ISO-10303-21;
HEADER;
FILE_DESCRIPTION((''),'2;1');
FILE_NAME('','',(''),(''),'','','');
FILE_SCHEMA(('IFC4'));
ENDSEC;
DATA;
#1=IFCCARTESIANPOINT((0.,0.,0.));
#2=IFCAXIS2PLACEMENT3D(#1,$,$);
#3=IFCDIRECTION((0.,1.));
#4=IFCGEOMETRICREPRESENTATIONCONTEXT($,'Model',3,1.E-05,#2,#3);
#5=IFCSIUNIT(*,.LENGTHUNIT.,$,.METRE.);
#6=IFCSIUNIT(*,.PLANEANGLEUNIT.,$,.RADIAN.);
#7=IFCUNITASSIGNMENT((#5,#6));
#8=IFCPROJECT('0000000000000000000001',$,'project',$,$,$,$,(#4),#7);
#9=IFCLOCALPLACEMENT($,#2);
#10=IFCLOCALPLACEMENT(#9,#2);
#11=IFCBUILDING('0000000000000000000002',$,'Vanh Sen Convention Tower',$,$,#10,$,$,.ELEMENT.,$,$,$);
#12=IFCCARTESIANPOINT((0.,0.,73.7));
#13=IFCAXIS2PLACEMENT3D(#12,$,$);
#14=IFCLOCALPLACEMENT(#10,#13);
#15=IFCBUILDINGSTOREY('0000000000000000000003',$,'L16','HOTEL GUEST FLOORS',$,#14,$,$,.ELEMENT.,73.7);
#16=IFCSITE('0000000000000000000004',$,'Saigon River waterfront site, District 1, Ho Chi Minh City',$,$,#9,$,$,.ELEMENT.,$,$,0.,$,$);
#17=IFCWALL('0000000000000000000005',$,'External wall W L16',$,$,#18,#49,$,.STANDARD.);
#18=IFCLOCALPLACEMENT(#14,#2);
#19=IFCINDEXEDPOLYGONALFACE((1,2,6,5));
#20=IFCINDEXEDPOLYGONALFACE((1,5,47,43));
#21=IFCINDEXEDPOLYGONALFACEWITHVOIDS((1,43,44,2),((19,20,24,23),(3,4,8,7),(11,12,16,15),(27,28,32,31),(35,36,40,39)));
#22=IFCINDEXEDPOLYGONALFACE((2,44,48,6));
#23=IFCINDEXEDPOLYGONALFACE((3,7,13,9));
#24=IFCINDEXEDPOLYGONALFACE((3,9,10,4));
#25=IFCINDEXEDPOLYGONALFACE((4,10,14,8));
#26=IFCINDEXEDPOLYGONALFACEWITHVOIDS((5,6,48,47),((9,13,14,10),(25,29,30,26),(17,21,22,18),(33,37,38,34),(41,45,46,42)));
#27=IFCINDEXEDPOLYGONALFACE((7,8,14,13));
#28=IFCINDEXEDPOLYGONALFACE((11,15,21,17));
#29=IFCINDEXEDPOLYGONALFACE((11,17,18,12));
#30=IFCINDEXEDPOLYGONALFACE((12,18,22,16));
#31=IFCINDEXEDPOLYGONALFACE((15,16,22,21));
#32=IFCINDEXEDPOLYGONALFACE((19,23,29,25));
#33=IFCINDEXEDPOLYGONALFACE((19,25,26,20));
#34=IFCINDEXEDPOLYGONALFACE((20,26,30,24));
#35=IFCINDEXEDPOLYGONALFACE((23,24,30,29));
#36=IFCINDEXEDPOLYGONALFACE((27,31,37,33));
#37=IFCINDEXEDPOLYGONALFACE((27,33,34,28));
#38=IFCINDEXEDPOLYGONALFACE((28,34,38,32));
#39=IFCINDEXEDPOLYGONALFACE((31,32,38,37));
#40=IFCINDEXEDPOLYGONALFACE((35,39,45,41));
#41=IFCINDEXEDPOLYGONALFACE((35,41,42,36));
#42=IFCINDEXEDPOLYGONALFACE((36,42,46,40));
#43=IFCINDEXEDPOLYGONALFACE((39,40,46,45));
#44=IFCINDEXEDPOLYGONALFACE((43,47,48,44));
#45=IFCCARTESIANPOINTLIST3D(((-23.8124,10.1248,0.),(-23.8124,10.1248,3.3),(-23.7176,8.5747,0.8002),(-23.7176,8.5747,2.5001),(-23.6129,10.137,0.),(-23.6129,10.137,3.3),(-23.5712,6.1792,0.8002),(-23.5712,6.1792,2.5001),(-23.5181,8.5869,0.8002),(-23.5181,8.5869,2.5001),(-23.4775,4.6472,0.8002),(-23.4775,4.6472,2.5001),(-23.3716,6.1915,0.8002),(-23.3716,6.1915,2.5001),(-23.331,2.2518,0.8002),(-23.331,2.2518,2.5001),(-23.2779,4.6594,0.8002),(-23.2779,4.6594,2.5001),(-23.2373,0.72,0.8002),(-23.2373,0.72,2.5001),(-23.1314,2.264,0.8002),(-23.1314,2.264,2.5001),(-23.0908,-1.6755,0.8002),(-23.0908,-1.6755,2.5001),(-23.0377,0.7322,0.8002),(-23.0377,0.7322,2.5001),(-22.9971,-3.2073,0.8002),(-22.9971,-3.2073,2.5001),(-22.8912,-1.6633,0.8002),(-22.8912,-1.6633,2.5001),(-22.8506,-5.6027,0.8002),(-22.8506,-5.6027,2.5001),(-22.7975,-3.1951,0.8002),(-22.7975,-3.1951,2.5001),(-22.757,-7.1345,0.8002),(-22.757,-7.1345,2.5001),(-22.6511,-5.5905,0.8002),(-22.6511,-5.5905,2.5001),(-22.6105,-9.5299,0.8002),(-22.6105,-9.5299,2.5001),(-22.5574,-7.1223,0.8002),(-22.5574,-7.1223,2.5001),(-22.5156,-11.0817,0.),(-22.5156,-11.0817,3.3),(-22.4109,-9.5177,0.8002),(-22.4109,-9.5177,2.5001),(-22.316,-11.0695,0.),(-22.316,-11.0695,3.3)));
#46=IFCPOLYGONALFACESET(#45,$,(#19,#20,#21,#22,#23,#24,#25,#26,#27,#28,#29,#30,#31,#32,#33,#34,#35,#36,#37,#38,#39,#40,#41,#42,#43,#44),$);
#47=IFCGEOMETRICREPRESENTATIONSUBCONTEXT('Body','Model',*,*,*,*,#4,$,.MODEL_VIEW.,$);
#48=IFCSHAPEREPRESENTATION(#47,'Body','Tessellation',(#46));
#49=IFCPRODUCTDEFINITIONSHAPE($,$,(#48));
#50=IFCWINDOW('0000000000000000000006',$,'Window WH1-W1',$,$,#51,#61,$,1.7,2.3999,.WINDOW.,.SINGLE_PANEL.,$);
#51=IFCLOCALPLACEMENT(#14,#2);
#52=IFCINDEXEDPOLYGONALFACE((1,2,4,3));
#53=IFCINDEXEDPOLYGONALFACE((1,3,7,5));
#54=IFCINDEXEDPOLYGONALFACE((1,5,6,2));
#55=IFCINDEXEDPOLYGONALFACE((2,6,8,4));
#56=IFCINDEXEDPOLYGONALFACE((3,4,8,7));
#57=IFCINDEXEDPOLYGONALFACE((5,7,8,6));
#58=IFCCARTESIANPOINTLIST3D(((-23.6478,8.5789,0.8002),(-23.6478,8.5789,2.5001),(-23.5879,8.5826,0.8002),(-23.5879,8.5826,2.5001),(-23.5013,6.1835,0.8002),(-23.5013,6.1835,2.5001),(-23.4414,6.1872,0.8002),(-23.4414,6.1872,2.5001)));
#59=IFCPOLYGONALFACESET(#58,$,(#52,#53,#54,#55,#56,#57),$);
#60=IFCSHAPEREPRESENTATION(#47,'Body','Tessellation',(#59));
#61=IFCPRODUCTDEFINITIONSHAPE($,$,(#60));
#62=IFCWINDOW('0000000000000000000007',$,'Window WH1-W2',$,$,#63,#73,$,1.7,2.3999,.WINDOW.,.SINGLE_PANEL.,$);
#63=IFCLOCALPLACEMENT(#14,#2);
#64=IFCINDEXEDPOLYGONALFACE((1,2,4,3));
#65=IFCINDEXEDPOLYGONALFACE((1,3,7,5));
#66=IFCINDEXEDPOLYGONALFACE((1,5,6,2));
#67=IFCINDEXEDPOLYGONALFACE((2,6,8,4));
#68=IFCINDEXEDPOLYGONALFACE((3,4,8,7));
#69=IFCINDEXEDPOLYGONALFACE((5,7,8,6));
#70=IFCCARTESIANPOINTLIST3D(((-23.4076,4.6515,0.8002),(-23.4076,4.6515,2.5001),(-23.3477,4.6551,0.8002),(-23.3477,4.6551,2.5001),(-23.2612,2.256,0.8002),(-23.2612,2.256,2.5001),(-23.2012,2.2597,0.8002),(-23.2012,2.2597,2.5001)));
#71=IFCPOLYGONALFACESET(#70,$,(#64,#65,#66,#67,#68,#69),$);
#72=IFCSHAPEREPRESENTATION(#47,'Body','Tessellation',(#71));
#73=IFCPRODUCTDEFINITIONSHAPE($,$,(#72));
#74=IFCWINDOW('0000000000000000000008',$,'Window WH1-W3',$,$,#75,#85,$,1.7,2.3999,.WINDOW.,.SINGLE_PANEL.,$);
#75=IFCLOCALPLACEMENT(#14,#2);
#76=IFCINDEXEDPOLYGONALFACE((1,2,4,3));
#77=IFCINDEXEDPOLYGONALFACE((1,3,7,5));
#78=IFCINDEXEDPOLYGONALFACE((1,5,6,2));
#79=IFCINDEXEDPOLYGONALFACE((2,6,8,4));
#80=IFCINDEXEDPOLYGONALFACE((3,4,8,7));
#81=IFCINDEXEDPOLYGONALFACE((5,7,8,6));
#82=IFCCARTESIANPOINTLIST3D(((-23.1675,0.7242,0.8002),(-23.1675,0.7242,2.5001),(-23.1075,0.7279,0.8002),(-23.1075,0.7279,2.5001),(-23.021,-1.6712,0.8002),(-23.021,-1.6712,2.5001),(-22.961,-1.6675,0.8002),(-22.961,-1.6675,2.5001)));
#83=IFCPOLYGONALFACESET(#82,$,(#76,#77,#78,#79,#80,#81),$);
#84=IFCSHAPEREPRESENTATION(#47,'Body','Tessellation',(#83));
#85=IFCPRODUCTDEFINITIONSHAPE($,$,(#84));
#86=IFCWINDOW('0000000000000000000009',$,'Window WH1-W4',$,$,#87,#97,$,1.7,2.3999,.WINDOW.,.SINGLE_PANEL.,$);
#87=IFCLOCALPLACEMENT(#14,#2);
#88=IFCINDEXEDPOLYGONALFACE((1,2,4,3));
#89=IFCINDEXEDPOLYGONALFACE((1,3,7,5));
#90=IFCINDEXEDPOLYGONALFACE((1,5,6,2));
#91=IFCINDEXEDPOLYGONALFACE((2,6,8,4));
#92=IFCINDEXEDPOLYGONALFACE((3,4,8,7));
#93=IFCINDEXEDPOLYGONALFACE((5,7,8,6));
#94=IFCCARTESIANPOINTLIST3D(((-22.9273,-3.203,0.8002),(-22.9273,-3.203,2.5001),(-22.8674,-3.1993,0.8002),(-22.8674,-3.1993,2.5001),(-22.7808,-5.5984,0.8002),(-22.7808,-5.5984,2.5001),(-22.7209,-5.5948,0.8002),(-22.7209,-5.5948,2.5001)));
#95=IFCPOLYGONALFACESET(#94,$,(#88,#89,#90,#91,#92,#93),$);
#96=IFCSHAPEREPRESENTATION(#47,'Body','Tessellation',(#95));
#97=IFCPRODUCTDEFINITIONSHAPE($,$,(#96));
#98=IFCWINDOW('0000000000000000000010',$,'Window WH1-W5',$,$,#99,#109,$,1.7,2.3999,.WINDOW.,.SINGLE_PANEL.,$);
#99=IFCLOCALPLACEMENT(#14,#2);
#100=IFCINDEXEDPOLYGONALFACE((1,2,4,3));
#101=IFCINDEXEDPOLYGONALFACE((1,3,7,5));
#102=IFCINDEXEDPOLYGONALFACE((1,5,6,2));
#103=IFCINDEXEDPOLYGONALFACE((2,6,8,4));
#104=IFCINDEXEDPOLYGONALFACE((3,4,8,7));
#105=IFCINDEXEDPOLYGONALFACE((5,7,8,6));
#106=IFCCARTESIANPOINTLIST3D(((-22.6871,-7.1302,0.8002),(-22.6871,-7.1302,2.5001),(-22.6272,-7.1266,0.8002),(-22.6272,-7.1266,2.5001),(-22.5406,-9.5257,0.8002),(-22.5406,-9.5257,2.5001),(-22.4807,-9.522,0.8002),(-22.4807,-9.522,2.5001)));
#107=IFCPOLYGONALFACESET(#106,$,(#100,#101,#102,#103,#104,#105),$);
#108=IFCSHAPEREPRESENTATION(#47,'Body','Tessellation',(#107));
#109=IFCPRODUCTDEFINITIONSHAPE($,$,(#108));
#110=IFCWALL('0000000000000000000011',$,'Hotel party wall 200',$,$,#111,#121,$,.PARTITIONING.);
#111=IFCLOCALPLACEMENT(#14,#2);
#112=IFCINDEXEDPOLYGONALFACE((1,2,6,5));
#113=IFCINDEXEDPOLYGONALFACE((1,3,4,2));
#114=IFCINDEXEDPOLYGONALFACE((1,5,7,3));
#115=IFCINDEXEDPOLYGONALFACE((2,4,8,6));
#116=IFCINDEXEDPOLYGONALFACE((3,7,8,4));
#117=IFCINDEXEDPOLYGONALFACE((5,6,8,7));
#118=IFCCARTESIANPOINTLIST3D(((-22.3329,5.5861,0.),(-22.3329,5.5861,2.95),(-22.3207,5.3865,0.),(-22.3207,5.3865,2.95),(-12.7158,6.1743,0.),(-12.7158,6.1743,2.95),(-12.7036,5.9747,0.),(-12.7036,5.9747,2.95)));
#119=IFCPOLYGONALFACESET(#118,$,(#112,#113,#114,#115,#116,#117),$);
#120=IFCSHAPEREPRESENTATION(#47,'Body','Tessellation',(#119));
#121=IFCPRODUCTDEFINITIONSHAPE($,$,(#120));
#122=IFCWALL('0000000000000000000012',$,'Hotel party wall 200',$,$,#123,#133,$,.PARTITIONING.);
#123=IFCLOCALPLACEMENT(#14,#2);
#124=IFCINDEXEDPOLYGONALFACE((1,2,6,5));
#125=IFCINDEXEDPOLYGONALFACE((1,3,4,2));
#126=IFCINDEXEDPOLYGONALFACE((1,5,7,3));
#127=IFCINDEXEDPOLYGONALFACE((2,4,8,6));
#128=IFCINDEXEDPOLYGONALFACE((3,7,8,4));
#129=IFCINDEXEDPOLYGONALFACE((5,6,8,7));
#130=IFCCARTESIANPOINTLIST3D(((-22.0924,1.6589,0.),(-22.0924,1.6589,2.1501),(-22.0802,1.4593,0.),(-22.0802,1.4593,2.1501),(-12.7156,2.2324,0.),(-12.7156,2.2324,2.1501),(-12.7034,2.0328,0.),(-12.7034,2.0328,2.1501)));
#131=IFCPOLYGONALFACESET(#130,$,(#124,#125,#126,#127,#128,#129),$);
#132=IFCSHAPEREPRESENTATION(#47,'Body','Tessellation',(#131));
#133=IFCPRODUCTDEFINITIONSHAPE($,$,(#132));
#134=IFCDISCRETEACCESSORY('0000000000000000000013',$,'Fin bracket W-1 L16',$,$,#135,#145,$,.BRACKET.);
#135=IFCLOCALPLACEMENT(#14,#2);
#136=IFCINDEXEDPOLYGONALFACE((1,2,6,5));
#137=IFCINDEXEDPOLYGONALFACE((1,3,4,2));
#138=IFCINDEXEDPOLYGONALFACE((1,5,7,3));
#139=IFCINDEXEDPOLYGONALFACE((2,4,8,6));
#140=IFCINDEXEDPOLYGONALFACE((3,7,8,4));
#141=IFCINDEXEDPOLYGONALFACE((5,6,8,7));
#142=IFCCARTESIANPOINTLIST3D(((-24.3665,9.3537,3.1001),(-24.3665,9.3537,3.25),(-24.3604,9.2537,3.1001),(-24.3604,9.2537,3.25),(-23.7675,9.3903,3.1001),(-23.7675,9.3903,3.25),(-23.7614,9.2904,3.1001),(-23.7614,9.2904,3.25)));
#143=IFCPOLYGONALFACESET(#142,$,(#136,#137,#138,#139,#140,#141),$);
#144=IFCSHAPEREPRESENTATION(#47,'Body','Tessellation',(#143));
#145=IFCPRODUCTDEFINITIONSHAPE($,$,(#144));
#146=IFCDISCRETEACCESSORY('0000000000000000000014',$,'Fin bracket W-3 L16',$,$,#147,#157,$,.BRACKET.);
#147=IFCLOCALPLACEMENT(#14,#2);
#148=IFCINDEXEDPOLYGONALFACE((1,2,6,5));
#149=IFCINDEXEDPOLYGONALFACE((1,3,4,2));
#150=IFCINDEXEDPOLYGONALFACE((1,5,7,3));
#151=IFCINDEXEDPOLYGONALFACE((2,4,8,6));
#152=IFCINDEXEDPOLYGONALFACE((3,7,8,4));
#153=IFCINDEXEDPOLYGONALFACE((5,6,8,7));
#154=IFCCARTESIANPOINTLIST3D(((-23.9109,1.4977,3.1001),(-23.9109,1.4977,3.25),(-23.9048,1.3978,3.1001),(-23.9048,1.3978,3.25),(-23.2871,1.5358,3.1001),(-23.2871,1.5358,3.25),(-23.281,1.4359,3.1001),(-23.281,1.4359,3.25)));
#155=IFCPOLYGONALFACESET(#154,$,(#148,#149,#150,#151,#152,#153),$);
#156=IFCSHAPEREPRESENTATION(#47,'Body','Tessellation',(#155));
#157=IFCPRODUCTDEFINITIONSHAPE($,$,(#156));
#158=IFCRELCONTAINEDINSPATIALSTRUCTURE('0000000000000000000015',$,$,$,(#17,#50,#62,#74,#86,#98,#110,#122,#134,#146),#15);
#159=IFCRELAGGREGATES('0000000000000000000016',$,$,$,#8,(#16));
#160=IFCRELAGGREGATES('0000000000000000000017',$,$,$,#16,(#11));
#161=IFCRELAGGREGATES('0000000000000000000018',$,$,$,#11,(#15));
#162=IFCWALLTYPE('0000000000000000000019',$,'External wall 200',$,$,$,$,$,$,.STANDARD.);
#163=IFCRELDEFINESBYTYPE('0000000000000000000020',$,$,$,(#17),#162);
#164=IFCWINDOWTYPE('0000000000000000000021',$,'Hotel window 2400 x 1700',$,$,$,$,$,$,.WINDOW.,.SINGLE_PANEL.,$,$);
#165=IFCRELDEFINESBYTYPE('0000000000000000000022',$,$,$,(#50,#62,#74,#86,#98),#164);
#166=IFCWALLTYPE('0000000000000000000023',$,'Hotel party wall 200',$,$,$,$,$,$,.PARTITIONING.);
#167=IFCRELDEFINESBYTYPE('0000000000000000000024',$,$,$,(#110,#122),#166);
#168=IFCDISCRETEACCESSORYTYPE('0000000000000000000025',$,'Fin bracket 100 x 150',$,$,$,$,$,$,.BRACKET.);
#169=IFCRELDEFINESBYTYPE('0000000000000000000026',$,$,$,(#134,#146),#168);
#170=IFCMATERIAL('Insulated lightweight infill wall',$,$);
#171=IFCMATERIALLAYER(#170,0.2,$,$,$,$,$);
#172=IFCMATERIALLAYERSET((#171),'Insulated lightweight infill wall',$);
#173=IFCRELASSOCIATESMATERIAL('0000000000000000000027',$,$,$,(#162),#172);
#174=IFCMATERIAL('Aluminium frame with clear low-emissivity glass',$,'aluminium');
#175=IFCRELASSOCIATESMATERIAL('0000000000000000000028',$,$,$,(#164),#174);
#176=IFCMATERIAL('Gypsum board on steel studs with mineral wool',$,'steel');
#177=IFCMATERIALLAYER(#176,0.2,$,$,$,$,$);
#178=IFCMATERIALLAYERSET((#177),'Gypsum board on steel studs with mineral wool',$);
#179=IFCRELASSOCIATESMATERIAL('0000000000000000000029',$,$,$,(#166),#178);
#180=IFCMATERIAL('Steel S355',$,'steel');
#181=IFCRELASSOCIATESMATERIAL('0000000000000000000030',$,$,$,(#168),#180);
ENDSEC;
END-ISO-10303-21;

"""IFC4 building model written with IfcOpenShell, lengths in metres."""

from ifc_helpers import new_model, si_unit, direction, frame, frame_2d, origin, origin_2d, place, context, subcontext, project, spatial, rectangle, extrude, material, layer, layer_set, type_object, element, fill, save


model = new_model("IFC4")

# Units and contexts
model_context = context("Model", 3, precision=1e-05, world=origin(), true_north=direction((0.0, 1.0)))
body_context = subcontext(model_context, "Body", "Model", "MODEL_VIEW")
ifc_project = project(units=[si_unit("LENGTHUNIT", "METRE"), si_unit("PLANEANGLEUNIT", "RADIAN")], contexts=[model_context])

# Site, building, storey
site_placement = place(None, origin())
site = spatial("IfcSite", under=ifc_project, at=site_placement, Name="Saigon River waterfront site, District 1, Ho Chi Minh City", CompositionType="ELEMENT", RefElevation=0.0)
building_placement = place(site_placement, origin())
building = spatial("IfcBuilding", under=site, at=building_placement, Name="Vanh Sen Convention Tower", CompositionType="ELEMENT")
storey_placement = place(building_placement, frame((0.0, 0.0, 73.7)))
storey = spatial("IfcBuildingStorey", under=building, at=storey_placement, Name="L16", Description="HOTEL GUEST FLOORS", CompositionType="ELEMENT", Elevation=73.7)

# Shared definitions
ifc_material_1 = material(Name="Gypsum board on steel studs with mineral wool", Category="steel")

# Wall, openings, windows
ifc_material_2 = material(Name="Insulated lightweight infill wall")
ifc_layer_1 = layer(ifc_material_2, 0.2)
ifc_layer_set_1 = layer_set([ifc_layer_1], Name="Insulated lightweight infill wall")
wall_type_1 = type_object("IfcWallType", Name="External wall 200", PredefinedType="STANDARD", material=ifc_layer_set_1)
wall_1_placement = place(storey_placement, frame((-23.7126, 10.1309, 0.0), z_axis=(0.0, 0.0, 1.0), x_axis=(0.06104, -0.998135, 0.0)))
wall_1 = element("IfcWall", 1, at=wall_1_placement, inside=storey, type_object=wall_type_1, Name="External wall W L16", PredefinedType="STANDARD", context=body_context, shape_type="SweptSolid", body=[
    extrude(rectangle(XDim=21.2461, YDim=0.2, at=frame_2d((10.623, 0.0))), origin(), (0.0, 0.0, 1.0), 3.3),
])
opening_1_placement = place(wall_1_placement, frame((1.553, 0.0, 0.8)))
opening_1 = element("IfcOpeningElement", 2, at=opening_1_placement, cuts=wall_1, PredefinedType="OPENING", context=body_context, shape_type="SweptSolid", body=[
    extrude(rectangle(XDim=2.3999, YDim=1.7, at=frame_2d((1.2, 0.8501))), frame((0.0, 0.1099, 0.0), z_axis=(0.0, -1.0, 0.0), x_axis=(1.0, 0.0, 0.0)), (0.0, 0.0, 1.0), 0.22),
])
opening_2_placement = place(wall_1_placement, frame((5.4878, 0.0, 0.8)))
opening_2 = element("IfcOpeningElement", 3, at=opening_2_placement, cuts=wall_1, PredefinedType="OPENING", context=body_context, shape_type="SweptSolid", body=[
    extrude(rectangle(XDim=2.3999, YDim=1.7, at=frame_2d((1.2, 0.8501))), frame((0.0, 0.1099, 0.0), z_axis=(0.0, -1.0, 0.0), x_axis=(1.0, 0.0, 0.0)), (0.0, 0.0, 1.0), 0.22),
])
opening_3_placement = place(wall_1_placement, frame((9.4224, 0.0, 0.8)))
opening_3 = element("IfcOpeningElement", 4, at=opening_3_placement, cuts=wall_1, PredefinedType="OPENING", context=body_context, shape_type="SweptSolid", body=[
    extrude(rectangle(XDim=2.3999, YDim=1.7, at=frame_2d((1.2, 0.8501))), frame((0.0, 0.1099, 0.0), z_axis=(0.0, -1.0, 0.0), x_axis=(1.0, 0.0, 0.0)), (0.0, 0.0, 1.0), 0.22),
])
opening_4_placement = place(wall_1_placement, frame((13.3569, 0.0, 0.8)))
opening_4 = element("IfcOpeningElement", 5, at=opening_4_placement, cuts=wall_1, PredefinedType="OPENING", context=body_context, shape_type="SweptSolid", body=[
    extrude(rectangle(XDim=2.3999, YDim=1.7, at=frame_2d((1.2, 0.8501))), frame((0.0, 0.1099, 0.0), z_axis=(0.0, -1.0, 0.0), x_axis=(1.0, 0.0, 0.0)), (0.0, 0.0, 1.0), 0.22),
])
opening_5_placement = place(wall_1_placement, frame((17.2915, 0.0, 0.8)))
opening_5 = element("IfcOpeningElement", 6, at=opening_5_placement, cuts=wall_1, PredefinedType="OPENING", context=body_context, shape_type="SweptSolid", body=[
    extrude(rectangle(XDim=2.3999, YDim=1.7, at=frame_2d((1.2, 0.8501))), frame((0.0, 0.1099, 0.0), z_axis=(0.0, -1.0, 0.0), x_axis=(1.0, 0.0, 0.0)), (0.0, 0.0, 1.0), 0.22),
])
ifc_material_3 = material(Name="Aluminium frame with clear low-emissivity glass", Category="aluminium")
window_type = type_object("IfcWindowType", Name="Hotel window 2400 x 1700", PartitioningType="SINGLE_PANEL", PredefinedType="WINDOW", material=ifc_material_3)
window_1_placement = place(opening_1_placement, origin())
window_1 = element("IfcWindow", 7, at=window_1_placement, inside=storey, type_object=window_type, Name="Window WH1-W1", OverallHeight=1.7, OverallWidth=2.3999, PartitioningType="SINGLE_PANEL", PredefinedType="WINDOW", context=body_context, shape_type="SweptSolid", body=[
    extrude(rectangle(XDim=2.3999, YDim=1.7, at=frame_2d((1.2, 0.8501))), frame((0.0, 0.03, 0.0), z_axis=(0.0, -1.0, 0.0), x_axis=(1.0, 0.0, 0.0)), (0.0, 0.0, 1.0), 0.0601),
])
fill(opening_1, window_1)
window_2_placement = place(opening_2_placement, origin())
window_2 = element("IfcWindow", 8, at=window_2_placement, inside=storey, type_object=window_type, Name="Window WH1-W2", OverallHeight=1.7, OverallWidth=2.3999, PartitioningType="SINGLE_PANEL", PredefinedType="WINDOW", context=body_context, shape_type="SweptSolid", body=[
    extrude(rectangle(XDim=2.3999, YDim=1.7, at=frame_2d((1.2, 0.8501))), frame((0.0, 0.03, 0.0), z_axis=(0.0, -1.0, 0.0), x_axis=(1.0, 0.0, 0.0)), (0.0, 0.0, 1.0), 0.0601),
])
fill(opening_2, window_2)
window_3_placement = place(opening_3_placement, origin())
window_3 = element("IfcWindow", 9, at=window_3_placement, inside=storey, type_object=window_type, Name="Window WH1-W3", OverallHeight=1.7, OverallWidth=2.3999, PartitioningType="SINGLE_PANEL", PredefinedType="WINDOW", context=body_context, shape_type="SweptSolid", body=[
    extrude(rectangle(XDim=2.3999, YDim=1.7, at=frame_2d((1.2, 0.8501))), frame((0.0, 0.03, 0.0), z_axis=(0.0, -1.0, 0.0), x_axis=(1.0, 0.0, 0.0)), (0.0, 0.0, 1.0), 0.0601),
])
fill(opening_3, window_3)
window_4_placement = place(opening_4_placement, origin())
window_4 = element("IfcWindow", 10, at=window_4_placement, inside=storey, type_object=window_type, Name="Window WH1-W4", OverallHeight=1.7, OverallWidth=2.3999, PartitioningType="SINGLE_PANEL", PredefinedType="WINDOW", context=body_context, shape_type="SweptSolid", body=[
    extrude(rectangle(XDim=2.3999, YDim=1.7, at=frame_2d((1.2, 0.8501))), frame((0.0, 0.03, 0.0), z_axis=(0.0, -1.0, 0.0), x_axis=(1.0, 0.0, 0.0)), (0.0, 0.0, 1.0), 0.0601),
])
fill(opening_4, window_4)
window_5_placement = place(opening_5_placement, origin())
window_5 = element("IfcWindow", 11, at=window_5_placement, inside=storey, type_object=window_type, Name="Window WH1-W5", OverallHeight=1.7, OverallWidth=2.3999, PartitioningType="SINGLE_PANEL", PredefinedType="WINDOW", context=body_context, shape_type="SweptSolid", body=[
    extrude(rectangle(XDim=2.3999, YDim=1.7, at=frame_2d((1.2, 0.8501))), frame((0.0, 0.03, 0.0), z_axis=(0.0, -1.0, 0.0), x_axis=(1.0, 0.0, 0.0)), (0.0, 0.0, 1.0), 0.0601),
])
fill(opening_5, window_5)

# Walls
ifc_layer_2 = layer(ifc_material_1, 0.2)
ifc_layer_set_2 = layer_set([ifc_layer_2], Name="Gypsum board on steel studs with mineral wool")
wall_type_2 = type_object("IfcWallType", Name="Hotel party wall 200", PredefinedType="PARTITIONING", material=ifc_layer_set_2)
wall_2_placement = place(storey_placement, frame((-22.3267, 5.4863, 0.0), z_axis=(0.0, 0.0, 1.0), x_axis=(0.998135, 0.061042, 0.0)))
element("IfcWall", 12, at=wall_2_placement, inside=storey, type_object=wall_type_2, Name="Hotel party wall 200", PredefinedType="PARTITIONING", context=body_context, shape_type="SweptSolid", body=[
    extrude(rectangle(XDim=9.635, YDim=0.2, at=frame_2d((4.8174, 0.0))), origin(), (0.0, 0.0, 1.0), 2.95),
])
wall_3_placement = place(storey_placement, frame((-22.0864, 1.5591, 0.0), z_axis=(0.0, 0.0, 1.0), x_axis=(0.998135, 0.061047, 0.0)))
element("IfcWall", 13, at=wall_3_placement, inside=storey, type_object=wall_type_2, Name="Hotel party wall 200", PredefinedType="PARTITIONING", context=body_context, shape_type="SweptSolid", body=[
    extrude(rectangle(XDim=9.3943, YDim=0.2, at=frame_2d((4.6973, 0.0))), origin(), (0.0, 0.0, 1.0), 2.1501),
])

# Discrete accessories
ifc_material_4 = material(Name="Steel S355", Category="steel")
discrete_accessory_type = type_object("IfcDiscreteAccessoryType", Name="Fin bracket 100 x 150", PredefinedType="BRACKET", material=ifc_material_4)
discrete_accessory_1_placement = place(storey_placement, frame((-24.064, 9.322, 3.1001), z_axis=(0.0, 0.0, 1.0), x_axis=(-0.998135, -0.061049, 0.0)))
element("IfcDiscreteAccessory", 14, at=discrete_accessory_1_placement, inside=storey, type_object=discrete_accessory_type, Name="Fin bracket W-1 L16", PredefinedType="BRACKET", context=body_context, shape_type="SweptSolid", body=[
    extrude(rectangle(XDim=0.6001, YDim=0.1001, at=origin_2d()), origin(), (0.0, 0.0, 1.0), 0.1499),
])
discrete_accessory_2_placement = place(storey_placement, frame((-23.5959, 1.4668, 3.1001), z_axis=(0.0, 0.0, 1.0), x_axis=(-0.998135, -0.061049, 0.0)))
element("IfcDiscreteAccessory", 15, at=discrete_accessory_2_placement, inside=storey, type_object=discrete_accessory_type, Name="Fin bracket W-3 L16", PredefinedType="BRACKET", context=body_context, shape_type="SweptSolid", body=[
    extrude(rectangle(XDim=0.625, YDim=0.1001, at=origin_2d()), origin(), (0.0, 0.0, 1.0), 0.1499),
])

save(model, "model.ifc")
